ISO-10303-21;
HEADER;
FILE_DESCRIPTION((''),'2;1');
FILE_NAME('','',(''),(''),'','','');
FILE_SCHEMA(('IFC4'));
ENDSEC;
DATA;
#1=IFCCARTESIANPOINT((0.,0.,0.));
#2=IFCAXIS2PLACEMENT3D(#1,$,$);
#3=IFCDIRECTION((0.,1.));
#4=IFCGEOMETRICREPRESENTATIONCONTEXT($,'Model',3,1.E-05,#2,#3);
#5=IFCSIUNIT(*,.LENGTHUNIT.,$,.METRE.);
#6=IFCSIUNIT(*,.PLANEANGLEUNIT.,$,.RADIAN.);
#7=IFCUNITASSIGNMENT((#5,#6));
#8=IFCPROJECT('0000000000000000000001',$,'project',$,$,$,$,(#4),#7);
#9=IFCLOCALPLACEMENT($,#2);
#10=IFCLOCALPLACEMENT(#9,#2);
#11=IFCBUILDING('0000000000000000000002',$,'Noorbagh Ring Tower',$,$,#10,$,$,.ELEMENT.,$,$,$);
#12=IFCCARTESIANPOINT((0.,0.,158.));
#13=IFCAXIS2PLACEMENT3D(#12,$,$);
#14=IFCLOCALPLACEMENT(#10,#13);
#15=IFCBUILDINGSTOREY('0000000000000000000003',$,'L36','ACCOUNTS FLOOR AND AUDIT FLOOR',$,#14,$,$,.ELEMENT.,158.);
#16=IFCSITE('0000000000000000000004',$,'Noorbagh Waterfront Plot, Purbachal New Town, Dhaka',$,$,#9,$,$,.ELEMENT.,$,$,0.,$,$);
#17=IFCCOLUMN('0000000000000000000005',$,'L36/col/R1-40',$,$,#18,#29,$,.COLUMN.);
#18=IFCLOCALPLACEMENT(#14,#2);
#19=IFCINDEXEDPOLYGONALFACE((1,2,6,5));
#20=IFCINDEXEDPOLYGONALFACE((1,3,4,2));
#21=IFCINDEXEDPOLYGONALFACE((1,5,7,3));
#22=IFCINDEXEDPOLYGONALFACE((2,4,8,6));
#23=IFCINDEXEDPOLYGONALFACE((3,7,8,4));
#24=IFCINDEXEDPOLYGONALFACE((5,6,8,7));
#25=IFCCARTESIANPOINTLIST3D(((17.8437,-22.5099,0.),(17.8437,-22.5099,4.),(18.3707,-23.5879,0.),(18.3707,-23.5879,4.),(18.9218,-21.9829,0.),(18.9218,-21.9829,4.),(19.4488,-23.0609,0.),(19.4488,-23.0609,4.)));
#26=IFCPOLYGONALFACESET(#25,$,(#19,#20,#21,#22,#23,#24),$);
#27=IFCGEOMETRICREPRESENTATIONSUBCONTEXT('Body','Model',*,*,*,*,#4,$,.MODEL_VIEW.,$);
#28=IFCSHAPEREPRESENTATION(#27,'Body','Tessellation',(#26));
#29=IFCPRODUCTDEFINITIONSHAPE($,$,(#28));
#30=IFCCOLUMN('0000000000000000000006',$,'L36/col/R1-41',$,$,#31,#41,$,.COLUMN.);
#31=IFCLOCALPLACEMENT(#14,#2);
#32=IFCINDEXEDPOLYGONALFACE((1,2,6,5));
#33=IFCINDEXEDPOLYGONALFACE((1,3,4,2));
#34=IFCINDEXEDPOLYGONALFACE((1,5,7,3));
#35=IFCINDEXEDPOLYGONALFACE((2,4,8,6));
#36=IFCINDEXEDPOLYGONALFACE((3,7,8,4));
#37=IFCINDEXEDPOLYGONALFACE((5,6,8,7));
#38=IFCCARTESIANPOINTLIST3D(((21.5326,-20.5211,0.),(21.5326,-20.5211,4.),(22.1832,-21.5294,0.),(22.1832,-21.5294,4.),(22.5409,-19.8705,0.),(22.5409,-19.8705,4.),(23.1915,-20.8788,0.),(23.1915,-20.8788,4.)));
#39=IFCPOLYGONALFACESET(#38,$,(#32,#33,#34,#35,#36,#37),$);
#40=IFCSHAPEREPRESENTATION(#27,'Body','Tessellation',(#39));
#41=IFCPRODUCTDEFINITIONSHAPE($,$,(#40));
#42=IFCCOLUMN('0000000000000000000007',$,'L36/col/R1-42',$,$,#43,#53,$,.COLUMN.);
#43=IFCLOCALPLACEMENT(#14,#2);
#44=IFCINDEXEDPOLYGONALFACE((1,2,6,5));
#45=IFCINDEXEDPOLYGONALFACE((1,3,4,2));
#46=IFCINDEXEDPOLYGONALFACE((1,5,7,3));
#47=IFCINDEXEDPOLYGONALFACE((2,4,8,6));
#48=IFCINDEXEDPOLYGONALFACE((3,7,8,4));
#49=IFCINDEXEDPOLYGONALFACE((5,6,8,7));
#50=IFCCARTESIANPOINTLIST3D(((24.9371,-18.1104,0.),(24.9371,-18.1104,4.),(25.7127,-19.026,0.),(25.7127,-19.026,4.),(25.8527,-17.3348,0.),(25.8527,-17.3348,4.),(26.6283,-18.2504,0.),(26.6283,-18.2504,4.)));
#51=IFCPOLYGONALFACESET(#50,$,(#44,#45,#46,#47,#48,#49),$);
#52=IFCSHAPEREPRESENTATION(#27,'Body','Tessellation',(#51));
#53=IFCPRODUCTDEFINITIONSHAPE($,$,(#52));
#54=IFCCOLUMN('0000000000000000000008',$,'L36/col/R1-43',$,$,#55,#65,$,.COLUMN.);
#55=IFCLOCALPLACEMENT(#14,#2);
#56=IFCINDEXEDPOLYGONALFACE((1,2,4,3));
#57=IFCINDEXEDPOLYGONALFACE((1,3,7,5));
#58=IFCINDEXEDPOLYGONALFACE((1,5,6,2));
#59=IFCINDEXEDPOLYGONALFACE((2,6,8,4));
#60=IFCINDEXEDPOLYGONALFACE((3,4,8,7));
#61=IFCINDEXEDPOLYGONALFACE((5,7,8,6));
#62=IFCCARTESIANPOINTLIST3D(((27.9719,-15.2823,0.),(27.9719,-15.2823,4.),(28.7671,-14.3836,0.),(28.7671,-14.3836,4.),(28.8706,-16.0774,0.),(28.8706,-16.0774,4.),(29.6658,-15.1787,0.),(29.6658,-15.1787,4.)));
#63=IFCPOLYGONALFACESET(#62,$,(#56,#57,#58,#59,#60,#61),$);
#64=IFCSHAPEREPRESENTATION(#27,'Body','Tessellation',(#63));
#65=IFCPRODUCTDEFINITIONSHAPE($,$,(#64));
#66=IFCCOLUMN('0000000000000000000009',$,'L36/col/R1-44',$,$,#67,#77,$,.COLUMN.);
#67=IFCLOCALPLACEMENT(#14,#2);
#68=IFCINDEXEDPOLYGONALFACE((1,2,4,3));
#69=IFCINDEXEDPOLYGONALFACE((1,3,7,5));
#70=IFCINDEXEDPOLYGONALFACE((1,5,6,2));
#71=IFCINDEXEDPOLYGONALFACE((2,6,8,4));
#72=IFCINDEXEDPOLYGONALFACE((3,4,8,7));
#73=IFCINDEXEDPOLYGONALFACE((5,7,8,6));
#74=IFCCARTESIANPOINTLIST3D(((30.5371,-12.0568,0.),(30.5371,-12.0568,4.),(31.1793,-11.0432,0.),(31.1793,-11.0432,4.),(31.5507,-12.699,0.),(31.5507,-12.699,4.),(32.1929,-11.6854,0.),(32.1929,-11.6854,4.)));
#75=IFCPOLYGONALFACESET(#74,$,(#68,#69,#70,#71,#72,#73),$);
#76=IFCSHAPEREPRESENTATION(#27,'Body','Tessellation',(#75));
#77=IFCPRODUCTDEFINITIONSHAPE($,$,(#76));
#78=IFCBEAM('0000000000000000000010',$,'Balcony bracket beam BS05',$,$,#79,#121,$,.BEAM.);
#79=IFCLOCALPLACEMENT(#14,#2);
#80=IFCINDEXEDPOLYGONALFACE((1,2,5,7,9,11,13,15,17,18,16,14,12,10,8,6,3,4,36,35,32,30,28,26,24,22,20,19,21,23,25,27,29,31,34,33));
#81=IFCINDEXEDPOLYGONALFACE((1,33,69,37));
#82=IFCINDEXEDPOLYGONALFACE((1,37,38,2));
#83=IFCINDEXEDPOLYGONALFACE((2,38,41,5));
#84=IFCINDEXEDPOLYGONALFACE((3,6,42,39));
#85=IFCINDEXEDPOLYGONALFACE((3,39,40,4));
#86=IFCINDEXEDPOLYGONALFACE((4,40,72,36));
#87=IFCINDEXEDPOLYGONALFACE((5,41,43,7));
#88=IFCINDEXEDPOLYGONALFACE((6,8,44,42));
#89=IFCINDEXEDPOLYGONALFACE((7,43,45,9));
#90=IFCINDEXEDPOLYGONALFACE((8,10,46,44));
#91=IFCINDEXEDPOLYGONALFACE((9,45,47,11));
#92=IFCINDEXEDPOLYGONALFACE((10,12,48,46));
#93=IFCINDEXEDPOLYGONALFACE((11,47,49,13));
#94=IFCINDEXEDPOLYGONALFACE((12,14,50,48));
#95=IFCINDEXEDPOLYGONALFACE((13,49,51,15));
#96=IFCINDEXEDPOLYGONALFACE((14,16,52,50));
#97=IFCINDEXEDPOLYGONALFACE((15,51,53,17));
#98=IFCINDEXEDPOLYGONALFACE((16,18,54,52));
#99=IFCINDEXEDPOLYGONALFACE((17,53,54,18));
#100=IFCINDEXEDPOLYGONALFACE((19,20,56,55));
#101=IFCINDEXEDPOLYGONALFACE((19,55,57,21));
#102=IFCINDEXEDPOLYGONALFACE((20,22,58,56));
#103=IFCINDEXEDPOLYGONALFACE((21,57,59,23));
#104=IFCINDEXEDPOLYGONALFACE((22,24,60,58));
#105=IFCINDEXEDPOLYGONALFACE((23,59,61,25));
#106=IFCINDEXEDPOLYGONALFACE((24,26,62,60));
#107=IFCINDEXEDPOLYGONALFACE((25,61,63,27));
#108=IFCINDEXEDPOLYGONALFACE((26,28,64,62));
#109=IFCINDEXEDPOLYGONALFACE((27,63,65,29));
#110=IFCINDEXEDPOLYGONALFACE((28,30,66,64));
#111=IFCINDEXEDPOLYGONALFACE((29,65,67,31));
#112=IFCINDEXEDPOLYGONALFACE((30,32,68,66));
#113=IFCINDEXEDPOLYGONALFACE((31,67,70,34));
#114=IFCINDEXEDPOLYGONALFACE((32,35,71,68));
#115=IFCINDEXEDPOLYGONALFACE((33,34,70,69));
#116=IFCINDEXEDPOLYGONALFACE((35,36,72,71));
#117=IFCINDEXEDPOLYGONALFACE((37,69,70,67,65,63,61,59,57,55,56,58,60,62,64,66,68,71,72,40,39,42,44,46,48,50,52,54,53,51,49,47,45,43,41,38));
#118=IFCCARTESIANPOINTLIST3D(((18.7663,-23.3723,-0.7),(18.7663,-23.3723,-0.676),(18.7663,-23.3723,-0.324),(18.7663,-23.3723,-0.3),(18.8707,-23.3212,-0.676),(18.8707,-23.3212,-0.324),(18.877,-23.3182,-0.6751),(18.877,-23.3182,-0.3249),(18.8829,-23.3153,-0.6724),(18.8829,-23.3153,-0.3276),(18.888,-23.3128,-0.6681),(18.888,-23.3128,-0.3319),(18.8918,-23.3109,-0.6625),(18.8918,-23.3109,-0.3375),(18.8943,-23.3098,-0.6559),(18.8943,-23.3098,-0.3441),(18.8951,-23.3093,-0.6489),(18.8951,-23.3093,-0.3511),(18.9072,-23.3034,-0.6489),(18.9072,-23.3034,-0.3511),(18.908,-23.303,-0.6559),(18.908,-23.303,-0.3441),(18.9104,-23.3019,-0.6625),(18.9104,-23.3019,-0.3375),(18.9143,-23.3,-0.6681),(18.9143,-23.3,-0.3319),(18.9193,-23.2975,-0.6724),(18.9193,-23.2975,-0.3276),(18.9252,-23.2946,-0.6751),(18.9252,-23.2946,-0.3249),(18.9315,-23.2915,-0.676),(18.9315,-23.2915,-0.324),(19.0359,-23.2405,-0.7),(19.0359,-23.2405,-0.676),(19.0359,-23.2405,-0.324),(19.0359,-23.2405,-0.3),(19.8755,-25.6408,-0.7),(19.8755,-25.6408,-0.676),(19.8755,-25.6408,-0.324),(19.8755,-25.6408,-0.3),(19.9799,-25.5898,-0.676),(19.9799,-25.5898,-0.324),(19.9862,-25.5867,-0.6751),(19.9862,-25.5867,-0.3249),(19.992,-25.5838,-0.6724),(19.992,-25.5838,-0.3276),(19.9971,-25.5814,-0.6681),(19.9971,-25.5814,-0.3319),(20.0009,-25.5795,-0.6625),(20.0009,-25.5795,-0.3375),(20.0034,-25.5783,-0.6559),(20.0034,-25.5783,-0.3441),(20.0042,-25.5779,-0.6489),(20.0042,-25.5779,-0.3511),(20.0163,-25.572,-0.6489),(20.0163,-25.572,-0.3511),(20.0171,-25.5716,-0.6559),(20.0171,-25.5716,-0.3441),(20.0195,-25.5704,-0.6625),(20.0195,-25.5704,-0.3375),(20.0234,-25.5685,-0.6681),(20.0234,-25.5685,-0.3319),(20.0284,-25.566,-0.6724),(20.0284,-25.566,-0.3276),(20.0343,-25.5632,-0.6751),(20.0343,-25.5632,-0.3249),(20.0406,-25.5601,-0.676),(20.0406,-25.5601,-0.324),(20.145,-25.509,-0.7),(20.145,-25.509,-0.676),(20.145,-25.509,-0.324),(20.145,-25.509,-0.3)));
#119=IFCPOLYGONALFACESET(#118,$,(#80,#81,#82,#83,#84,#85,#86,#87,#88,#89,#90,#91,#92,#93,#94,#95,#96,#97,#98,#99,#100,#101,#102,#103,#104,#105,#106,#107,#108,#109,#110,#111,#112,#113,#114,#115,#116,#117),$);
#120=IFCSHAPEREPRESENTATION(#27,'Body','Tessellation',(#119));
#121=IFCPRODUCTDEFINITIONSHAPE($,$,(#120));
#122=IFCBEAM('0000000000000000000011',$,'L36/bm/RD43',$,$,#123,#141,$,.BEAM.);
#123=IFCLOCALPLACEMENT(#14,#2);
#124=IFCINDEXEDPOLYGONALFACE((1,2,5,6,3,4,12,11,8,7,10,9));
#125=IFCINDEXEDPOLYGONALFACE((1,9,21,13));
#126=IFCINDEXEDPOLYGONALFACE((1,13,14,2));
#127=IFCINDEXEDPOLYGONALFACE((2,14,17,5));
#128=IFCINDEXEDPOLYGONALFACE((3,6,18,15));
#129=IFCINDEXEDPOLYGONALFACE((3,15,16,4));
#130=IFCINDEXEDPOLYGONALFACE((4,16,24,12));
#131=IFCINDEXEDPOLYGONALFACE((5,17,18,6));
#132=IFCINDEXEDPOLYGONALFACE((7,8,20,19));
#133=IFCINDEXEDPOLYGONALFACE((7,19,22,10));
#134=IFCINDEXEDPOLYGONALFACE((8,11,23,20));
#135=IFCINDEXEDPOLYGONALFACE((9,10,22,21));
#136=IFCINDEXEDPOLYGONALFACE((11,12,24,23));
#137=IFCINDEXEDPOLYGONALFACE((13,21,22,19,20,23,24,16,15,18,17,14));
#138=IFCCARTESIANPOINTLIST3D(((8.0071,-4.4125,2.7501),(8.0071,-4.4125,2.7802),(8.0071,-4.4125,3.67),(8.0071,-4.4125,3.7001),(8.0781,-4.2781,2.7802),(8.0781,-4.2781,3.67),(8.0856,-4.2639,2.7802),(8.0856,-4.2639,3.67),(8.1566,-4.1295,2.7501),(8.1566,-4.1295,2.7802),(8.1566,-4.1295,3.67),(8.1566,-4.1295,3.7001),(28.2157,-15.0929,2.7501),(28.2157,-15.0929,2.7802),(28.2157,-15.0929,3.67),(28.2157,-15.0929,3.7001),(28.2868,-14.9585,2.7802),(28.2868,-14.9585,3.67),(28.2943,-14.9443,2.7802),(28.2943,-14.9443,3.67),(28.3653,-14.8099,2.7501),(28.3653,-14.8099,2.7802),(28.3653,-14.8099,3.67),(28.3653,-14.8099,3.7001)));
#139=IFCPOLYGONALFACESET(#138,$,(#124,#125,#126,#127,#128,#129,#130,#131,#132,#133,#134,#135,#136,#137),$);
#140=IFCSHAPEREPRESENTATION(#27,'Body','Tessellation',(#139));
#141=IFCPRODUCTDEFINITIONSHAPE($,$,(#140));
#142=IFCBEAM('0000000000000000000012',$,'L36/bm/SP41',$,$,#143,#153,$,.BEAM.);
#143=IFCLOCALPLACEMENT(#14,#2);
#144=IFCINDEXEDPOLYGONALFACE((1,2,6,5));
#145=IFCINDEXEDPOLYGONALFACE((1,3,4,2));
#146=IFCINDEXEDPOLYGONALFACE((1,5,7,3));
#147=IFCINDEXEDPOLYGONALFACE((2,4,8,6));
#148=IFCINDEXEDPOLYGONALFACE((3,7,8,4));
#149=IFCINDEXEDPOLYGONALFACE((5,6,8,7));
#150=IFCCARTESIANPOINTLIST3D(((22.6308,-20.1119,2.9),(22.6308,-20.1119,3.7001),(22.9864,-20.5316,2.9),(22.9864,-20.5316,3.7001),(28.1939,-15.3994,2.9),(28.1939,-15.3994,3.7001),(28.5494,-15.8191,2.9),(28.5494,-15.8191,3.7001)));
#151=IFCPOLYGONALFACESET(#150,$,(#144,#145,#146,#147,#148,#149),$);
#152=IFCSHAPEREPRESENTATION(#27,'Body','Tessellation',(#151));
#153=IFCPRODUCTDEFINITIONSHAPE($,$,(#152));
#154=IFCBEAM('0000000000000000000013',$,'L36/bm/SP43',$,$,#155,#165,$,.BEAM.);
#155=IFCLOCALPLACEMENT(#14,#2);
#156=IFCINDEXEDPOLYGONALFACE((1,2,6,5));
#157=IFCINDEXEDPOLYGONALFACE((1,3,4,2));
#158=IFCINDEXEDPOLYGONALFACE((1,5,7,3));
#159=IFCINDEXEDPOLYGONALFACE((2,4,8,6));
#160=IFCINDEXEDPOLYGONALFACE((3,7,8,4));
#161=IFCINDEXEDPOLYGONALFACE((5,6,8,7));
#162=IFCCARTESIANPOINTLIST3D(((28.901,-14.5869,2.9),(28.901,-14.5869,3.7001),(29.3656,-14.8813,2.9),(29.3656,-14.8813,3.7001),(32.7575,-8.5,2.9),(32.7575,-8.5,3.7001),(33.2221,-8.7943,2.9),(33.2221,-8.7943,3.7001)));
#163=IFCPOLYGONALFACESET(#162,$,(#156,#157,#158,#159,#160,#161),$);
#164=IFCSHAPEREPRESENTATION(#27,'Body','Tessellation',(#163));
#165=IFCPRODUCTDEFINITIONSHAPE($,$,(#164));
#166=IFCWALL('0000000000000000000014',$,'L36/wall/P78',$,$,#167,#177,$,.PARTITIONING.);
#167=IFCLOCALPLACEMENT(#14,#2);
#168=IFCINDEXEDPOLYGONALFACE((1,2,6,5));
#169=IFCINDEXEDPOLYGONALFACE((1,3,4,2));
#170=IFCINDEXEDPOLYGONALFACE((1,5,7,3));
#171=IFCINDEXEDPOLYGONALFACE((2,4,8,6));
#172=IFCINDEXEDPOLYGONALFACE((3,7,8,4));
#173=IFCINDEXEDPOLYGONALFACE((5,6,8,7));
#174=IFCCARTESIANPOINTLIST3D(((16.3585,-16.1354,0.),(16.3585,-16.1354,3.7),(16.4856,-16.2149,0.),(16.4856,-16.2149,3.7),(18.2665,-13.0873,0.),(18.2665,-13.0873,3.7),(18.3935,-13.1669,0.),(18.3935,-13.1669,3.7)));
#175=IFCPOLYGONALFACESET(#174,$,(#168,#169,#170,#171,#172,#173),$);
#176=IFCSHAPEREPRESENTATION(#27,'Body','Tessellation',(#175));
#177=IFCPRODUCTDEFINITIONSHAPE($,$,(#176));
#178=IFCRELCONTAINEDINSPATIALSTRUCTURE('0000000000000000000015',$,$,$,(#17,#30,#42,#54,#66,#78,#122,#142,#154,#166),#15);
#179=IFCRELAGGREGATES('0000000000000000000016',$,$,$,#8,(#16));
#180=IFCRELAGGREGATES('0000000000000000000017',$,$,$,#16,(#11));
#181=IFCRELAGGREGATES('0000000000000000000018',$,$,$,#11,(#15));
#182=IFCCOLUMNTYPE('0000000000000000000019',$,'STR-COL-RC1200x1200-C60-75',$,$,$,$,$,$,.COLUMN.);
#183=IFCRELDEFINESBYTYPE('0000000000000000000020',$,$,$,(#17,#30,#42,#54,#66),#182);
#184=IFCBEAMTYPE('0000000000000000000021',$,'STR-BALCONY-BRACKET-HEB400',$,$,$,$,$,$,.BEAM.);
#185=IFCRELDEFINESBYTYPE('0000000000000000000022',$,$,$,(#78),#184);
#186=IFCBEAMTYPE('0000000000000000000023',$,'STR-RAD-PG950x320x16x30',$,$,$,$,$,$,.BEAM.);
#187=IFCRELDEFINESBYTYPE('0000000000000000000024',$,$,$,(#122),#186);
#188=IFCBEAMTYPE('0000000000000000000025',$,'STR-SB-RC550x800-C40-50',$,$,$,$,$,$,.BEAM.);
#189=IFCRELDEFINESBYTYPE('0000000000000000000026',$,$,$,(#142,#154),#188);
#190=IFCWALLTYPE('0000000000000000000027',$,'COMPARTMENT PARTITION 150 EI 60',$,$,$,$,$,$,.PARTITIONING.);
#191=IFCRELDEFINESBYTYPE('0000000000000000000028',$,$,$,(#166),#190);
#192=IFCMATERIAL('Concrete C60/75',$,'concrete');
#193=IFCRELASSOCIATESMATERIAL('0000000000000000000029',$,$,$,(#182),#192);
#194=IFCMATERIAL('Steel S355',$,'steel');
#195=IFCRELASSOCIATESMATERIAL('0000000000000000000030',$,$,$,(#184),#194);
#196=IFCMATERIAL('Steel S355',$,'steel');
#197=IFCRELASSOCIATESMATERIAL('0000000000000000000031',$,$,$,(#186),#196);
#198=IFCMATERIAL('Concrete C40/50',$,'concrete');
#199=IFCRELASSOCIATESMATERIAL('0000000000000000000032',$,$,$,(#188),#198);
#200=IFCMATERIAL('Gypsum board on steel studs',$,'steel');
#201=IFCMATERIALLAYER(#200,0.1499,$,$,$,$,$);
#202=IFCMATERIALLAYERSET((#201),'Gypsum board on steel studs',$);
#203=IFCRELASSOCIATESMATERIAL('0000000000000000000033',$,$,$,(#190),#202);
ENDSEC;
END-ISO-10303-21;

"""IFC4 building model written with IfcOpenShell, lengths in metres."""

from ifc_helpers import new_model, si_unit, direction, frame, frame_2d, origin, origin_2d, place, context, subcontext, project, spatial, rectangle, i_section, extrude, material, layer, layer_set, material_profile, profile_set, type_object, element, save


model = new_model("IFC4")

# Units and contexts
model_context = context("Model", 3, precision=1e-05, world=origin(), true_north=direction((0.0, 1.0)))
body_context = subcontext(model_context, "Body", "Model", "MODEL_VIEW")
ifc_project = project(units=[si_unit("LENGTHUNIT", "METRE"), si_unit("PLANEANGLEUNIT", "RADIAN")], contexts=[model_context])

# Site, building, storey
site_placement = place(None, origin())
site = spatial("IfcSite", under=ifc_project, at=site_placement, Name="Noorbagh Waterfront Plot, Purbachal New Town, Dhaka", CompositionType="ELEMENT", RefElevation=0.0)
building_placement = place(site_placement, origin())
building = spatial("IfcBuilding", under=site, at=building_placement, Name="Noorbagh Ring Tower", CompositionType="ELEMENT")
storey_placement = place(building_placement, frame((0.0, 0.0, 158.0)))
storey = spatial("IfcBuildingStorey", under=building, at=storey_placement, Name="L36", Description="ACCOUNTS FLOOR AND AUDIT FLOOR", CompositionType="ELEMENT", Elevation=158.0)

# Columns
ifc_material_1 = material(Name="Concrete C60/75", Category="concrete")
ifc_material_profile_1 = material_profile(ifc_material_1, rectangle(XDim=1.2, YDim=1.2, at=origin_2d()), Name="RC1200x1200")
ifc_profile_set_1 = profile_set([ifc_material_profile_1], Name="Concrete C60/75")
column_type = type_object("IfcColumnType", Name="STR-COL-RC1200x1200-C60-75", PredefinedType="COLUMN", material=ifc_profile_set_1)
for number, where, z_axis, x_axis, name in (
    (1, (18.6462, -22.7854, 0.0), (0.0, 0.0, 1.0), (0.898399, 0.43918, 0.0), "L36/col/R1-40"),
    (2, (22.3621, -20.7, 0.0), (0.0, 0.0, 1.0), (0.840248, 0.542203, 0.0), "L36/col/R1-41"),
    (3, (25.7827, -18.1804, 0.0), (0.0, 0.0, 1.0), (0.763035, 0.646357, 0.0), "L36/col/R1-42"),
    (4, (28.8188, -15.2305, 0.0), (0.0, 0.0, 1.0), (0.662636, 0.748942, 0.0), "L36/col/R1-43"),
    (5, (31.365, -11.8711, 0.0), (0.0, 0.0, 1.0), (0.53519, 0.844731, 0.0), "L36/col/R1-44"),
):
    element("IfcColumn", number, at=place(storey_placement, frame(where, z_axis=z_axis, x_axis=x_axis)), inside=storey, type_object=column_type, Name=name, PredefinedType="COLUMN", context=body_context, shape_type="SweptSolid", body=[
        extrude(rectangle(XDim=1.2, YDim=1.2, at=origin_2d()), origin(), (0.0, 0.0, 1.0), 4.0),
    ])

# Beams
ifc_material_2 = material(Name="Steel S355", Category="steel")
ifc_material_profile_2 = material_profile(ifc_material_2, i_section(OverallWidth=0.3, OverallDepth=0.3999, WebThickness=0.0134, FlangeThickness=0.0239, FilletRadius=0.0271, at=origin_2d()), Name="HEB400")
ifc_profile_set_2 = profile_set([ifc_material_profile_2], Name="Steel S355")
beam_type_1 = type_object("IfcBeamType", Name="STR-BALCONY-BRACKET-HEB400", PredefinedType="BEAM", material=ifc_profile_set_2)
beam_1_placement = place(storey_placement, frame((18.9011, -23.3064, -0.5), z_axis=(0.439229, -0.898375, 0.0), x_axis=(0.898375, 0.439229, 0.0)))
element("IfcBeam", 6, at=beam_1_placement, inside=storey, type_object=beam_type_1, Name="Balcony bracket beam BS05", PredefinedType="BEAM", context=body_context, shape_type="SweptSolid", body=[
    extrude(i_section(OverallWidth=0.3, OverallDepth=0.3999, WebThickness=0.0134, FlangeThickness=0.0239, FilletRadius=0.0271, at=origin_2d()), origin(), (0.0, 0.0, 1.0), 2.5251),
])
ifc_material_3 = material(Name="Steel S355", Category="steel")
ifc_material_profile_3 = material_profile(ifc_material_3, i_section(OverallWidth=0.3201, OverallDepth=0.95, WebThickness=0.0161, FlangeThickness=0.03, at=origin_2d()), Name="PG950x320x16x30")
ifc_profile_set_3 = profile_set([ifc_material_profile_3], Name="Steel S355")
beam_type_2 = type_object("IfcBeamType", Name="STR-RAD-PG950x320x16x30", PredefinedType="BEAM", material=ifc_profile_set_3)
beam_2_placement = place(storey_placement, frame((28.2905, -14.9514, 3.2251), z_axis=(-0.884119, 0.467261, 0.0), x_axis=(-0.467261, -0.884119, 0.0)))
element("IfcBeam", 7, at=beam_2_placement, inside=storey, type_object=beam_type_2, Name="L36/bm/RD43", PredefinedType="BEAM", context=body_context, shape_type="SweptSolid", body=[
    extrude(i_section(OverallWidth=0.3201, OverallDepth=0.95, WebThickness=0.0161, FlangeThickness=0.03, at=origin_2d()), origin(), (0.0, 0.0, 1.0), 22.8574),
])
ifc_material_4 = material(Name="Concrete C40/50", Category="concrete")
ifc_material_profile_4 = material_profile(ifc_material_4, rectangle(XDim=0.55, YDim=0.8, at=origin_2d()), Name="RC550x800")
ifc_profile_set_4 = profile_set([ifc_material_profile_4], Name="Concrete C40/50")
beam_type_3 = type_object("IfcBeamType", Name="STR-SB-RC550x800-C40-50", PredefinedType="BEAM", material=ifc_profile_set_4)
beam_3_placement = place(storey_placement, frame((22.8086, -20.3218, 3.3), z_axis=(0.763031, 0.646362, 0.0), x_axis=(-0.646362, 0.763031, 0.0)))
element("IfcBeam", 8, at=beam_3_placement, inside=storey, type_object=beam_type_3, Name="L36/bm/SP41", PredefinedType="BEAM", context=body_context, shape_type="SweptSolid", body=[
    extrude(rectangle(XDim=0.55, YDim=0.8, at=origin_2d()), origin(), (0.0, 0.0, 1.0), 7.2908),
])
beam_4_placement = place(storey_placement, frame((29.1333, -14.7341, 3.3), z_axis=(0.535191, 0.844731, 0.0), x_axis=(-0.844731, 0.535191, 0.0)))
element("IfcBeam", 9, at=beam_4_placement, inside=storey, type_object=beam_type_3, Name="L36/bm/SP43", PredefinedType="BEAM", context=body_context, shape_type="SweptSolid", body=[
    extrude(rectangle(XDim=0.55, YDim=0.8, at=origin_2d()), origin(), (0.0, 0.0, 1.0), 7.2058),
])

# Wall
ifc_material_5 = material(Name="Gypsum board on steel studs", Category="steel")
ifc_layer_1 = layer(ifc_material_5, 0.1499)
ifc_layer_set_1 = layer_set([ifc_layer_1], Name="Gypsum board on steel studs")
wall_type_1 = type_object("IfcWallType", Name="COMPARTMENT PARTITION 150 EI 60", PredefinedType="PARTITIONING", material=ifc_layer_set_1)
wall_1_placement = place(storey_placement, frame((16.4221, -16.175, 0.0), z_axis=(0.0, 0.0, 1.0), x_axis=(0.530579, 0.847636, 0.0)))
element("IfcWall", 10, at=wall_1_placement, inside=storey, type_object=wall_type_1, Name="L36/wall/P78", PredefinedType="PARTITIONING", context=body_context, shape_type="SweptSolid", body=[
    extrude(rectangle(XDim=3.5959, YDim=0.1499, at=frame_2d((1.7979, 0.0))), origin(), (0.0, 0.0, 1.0), 3.7),
])

save(model, "model.ifc")
